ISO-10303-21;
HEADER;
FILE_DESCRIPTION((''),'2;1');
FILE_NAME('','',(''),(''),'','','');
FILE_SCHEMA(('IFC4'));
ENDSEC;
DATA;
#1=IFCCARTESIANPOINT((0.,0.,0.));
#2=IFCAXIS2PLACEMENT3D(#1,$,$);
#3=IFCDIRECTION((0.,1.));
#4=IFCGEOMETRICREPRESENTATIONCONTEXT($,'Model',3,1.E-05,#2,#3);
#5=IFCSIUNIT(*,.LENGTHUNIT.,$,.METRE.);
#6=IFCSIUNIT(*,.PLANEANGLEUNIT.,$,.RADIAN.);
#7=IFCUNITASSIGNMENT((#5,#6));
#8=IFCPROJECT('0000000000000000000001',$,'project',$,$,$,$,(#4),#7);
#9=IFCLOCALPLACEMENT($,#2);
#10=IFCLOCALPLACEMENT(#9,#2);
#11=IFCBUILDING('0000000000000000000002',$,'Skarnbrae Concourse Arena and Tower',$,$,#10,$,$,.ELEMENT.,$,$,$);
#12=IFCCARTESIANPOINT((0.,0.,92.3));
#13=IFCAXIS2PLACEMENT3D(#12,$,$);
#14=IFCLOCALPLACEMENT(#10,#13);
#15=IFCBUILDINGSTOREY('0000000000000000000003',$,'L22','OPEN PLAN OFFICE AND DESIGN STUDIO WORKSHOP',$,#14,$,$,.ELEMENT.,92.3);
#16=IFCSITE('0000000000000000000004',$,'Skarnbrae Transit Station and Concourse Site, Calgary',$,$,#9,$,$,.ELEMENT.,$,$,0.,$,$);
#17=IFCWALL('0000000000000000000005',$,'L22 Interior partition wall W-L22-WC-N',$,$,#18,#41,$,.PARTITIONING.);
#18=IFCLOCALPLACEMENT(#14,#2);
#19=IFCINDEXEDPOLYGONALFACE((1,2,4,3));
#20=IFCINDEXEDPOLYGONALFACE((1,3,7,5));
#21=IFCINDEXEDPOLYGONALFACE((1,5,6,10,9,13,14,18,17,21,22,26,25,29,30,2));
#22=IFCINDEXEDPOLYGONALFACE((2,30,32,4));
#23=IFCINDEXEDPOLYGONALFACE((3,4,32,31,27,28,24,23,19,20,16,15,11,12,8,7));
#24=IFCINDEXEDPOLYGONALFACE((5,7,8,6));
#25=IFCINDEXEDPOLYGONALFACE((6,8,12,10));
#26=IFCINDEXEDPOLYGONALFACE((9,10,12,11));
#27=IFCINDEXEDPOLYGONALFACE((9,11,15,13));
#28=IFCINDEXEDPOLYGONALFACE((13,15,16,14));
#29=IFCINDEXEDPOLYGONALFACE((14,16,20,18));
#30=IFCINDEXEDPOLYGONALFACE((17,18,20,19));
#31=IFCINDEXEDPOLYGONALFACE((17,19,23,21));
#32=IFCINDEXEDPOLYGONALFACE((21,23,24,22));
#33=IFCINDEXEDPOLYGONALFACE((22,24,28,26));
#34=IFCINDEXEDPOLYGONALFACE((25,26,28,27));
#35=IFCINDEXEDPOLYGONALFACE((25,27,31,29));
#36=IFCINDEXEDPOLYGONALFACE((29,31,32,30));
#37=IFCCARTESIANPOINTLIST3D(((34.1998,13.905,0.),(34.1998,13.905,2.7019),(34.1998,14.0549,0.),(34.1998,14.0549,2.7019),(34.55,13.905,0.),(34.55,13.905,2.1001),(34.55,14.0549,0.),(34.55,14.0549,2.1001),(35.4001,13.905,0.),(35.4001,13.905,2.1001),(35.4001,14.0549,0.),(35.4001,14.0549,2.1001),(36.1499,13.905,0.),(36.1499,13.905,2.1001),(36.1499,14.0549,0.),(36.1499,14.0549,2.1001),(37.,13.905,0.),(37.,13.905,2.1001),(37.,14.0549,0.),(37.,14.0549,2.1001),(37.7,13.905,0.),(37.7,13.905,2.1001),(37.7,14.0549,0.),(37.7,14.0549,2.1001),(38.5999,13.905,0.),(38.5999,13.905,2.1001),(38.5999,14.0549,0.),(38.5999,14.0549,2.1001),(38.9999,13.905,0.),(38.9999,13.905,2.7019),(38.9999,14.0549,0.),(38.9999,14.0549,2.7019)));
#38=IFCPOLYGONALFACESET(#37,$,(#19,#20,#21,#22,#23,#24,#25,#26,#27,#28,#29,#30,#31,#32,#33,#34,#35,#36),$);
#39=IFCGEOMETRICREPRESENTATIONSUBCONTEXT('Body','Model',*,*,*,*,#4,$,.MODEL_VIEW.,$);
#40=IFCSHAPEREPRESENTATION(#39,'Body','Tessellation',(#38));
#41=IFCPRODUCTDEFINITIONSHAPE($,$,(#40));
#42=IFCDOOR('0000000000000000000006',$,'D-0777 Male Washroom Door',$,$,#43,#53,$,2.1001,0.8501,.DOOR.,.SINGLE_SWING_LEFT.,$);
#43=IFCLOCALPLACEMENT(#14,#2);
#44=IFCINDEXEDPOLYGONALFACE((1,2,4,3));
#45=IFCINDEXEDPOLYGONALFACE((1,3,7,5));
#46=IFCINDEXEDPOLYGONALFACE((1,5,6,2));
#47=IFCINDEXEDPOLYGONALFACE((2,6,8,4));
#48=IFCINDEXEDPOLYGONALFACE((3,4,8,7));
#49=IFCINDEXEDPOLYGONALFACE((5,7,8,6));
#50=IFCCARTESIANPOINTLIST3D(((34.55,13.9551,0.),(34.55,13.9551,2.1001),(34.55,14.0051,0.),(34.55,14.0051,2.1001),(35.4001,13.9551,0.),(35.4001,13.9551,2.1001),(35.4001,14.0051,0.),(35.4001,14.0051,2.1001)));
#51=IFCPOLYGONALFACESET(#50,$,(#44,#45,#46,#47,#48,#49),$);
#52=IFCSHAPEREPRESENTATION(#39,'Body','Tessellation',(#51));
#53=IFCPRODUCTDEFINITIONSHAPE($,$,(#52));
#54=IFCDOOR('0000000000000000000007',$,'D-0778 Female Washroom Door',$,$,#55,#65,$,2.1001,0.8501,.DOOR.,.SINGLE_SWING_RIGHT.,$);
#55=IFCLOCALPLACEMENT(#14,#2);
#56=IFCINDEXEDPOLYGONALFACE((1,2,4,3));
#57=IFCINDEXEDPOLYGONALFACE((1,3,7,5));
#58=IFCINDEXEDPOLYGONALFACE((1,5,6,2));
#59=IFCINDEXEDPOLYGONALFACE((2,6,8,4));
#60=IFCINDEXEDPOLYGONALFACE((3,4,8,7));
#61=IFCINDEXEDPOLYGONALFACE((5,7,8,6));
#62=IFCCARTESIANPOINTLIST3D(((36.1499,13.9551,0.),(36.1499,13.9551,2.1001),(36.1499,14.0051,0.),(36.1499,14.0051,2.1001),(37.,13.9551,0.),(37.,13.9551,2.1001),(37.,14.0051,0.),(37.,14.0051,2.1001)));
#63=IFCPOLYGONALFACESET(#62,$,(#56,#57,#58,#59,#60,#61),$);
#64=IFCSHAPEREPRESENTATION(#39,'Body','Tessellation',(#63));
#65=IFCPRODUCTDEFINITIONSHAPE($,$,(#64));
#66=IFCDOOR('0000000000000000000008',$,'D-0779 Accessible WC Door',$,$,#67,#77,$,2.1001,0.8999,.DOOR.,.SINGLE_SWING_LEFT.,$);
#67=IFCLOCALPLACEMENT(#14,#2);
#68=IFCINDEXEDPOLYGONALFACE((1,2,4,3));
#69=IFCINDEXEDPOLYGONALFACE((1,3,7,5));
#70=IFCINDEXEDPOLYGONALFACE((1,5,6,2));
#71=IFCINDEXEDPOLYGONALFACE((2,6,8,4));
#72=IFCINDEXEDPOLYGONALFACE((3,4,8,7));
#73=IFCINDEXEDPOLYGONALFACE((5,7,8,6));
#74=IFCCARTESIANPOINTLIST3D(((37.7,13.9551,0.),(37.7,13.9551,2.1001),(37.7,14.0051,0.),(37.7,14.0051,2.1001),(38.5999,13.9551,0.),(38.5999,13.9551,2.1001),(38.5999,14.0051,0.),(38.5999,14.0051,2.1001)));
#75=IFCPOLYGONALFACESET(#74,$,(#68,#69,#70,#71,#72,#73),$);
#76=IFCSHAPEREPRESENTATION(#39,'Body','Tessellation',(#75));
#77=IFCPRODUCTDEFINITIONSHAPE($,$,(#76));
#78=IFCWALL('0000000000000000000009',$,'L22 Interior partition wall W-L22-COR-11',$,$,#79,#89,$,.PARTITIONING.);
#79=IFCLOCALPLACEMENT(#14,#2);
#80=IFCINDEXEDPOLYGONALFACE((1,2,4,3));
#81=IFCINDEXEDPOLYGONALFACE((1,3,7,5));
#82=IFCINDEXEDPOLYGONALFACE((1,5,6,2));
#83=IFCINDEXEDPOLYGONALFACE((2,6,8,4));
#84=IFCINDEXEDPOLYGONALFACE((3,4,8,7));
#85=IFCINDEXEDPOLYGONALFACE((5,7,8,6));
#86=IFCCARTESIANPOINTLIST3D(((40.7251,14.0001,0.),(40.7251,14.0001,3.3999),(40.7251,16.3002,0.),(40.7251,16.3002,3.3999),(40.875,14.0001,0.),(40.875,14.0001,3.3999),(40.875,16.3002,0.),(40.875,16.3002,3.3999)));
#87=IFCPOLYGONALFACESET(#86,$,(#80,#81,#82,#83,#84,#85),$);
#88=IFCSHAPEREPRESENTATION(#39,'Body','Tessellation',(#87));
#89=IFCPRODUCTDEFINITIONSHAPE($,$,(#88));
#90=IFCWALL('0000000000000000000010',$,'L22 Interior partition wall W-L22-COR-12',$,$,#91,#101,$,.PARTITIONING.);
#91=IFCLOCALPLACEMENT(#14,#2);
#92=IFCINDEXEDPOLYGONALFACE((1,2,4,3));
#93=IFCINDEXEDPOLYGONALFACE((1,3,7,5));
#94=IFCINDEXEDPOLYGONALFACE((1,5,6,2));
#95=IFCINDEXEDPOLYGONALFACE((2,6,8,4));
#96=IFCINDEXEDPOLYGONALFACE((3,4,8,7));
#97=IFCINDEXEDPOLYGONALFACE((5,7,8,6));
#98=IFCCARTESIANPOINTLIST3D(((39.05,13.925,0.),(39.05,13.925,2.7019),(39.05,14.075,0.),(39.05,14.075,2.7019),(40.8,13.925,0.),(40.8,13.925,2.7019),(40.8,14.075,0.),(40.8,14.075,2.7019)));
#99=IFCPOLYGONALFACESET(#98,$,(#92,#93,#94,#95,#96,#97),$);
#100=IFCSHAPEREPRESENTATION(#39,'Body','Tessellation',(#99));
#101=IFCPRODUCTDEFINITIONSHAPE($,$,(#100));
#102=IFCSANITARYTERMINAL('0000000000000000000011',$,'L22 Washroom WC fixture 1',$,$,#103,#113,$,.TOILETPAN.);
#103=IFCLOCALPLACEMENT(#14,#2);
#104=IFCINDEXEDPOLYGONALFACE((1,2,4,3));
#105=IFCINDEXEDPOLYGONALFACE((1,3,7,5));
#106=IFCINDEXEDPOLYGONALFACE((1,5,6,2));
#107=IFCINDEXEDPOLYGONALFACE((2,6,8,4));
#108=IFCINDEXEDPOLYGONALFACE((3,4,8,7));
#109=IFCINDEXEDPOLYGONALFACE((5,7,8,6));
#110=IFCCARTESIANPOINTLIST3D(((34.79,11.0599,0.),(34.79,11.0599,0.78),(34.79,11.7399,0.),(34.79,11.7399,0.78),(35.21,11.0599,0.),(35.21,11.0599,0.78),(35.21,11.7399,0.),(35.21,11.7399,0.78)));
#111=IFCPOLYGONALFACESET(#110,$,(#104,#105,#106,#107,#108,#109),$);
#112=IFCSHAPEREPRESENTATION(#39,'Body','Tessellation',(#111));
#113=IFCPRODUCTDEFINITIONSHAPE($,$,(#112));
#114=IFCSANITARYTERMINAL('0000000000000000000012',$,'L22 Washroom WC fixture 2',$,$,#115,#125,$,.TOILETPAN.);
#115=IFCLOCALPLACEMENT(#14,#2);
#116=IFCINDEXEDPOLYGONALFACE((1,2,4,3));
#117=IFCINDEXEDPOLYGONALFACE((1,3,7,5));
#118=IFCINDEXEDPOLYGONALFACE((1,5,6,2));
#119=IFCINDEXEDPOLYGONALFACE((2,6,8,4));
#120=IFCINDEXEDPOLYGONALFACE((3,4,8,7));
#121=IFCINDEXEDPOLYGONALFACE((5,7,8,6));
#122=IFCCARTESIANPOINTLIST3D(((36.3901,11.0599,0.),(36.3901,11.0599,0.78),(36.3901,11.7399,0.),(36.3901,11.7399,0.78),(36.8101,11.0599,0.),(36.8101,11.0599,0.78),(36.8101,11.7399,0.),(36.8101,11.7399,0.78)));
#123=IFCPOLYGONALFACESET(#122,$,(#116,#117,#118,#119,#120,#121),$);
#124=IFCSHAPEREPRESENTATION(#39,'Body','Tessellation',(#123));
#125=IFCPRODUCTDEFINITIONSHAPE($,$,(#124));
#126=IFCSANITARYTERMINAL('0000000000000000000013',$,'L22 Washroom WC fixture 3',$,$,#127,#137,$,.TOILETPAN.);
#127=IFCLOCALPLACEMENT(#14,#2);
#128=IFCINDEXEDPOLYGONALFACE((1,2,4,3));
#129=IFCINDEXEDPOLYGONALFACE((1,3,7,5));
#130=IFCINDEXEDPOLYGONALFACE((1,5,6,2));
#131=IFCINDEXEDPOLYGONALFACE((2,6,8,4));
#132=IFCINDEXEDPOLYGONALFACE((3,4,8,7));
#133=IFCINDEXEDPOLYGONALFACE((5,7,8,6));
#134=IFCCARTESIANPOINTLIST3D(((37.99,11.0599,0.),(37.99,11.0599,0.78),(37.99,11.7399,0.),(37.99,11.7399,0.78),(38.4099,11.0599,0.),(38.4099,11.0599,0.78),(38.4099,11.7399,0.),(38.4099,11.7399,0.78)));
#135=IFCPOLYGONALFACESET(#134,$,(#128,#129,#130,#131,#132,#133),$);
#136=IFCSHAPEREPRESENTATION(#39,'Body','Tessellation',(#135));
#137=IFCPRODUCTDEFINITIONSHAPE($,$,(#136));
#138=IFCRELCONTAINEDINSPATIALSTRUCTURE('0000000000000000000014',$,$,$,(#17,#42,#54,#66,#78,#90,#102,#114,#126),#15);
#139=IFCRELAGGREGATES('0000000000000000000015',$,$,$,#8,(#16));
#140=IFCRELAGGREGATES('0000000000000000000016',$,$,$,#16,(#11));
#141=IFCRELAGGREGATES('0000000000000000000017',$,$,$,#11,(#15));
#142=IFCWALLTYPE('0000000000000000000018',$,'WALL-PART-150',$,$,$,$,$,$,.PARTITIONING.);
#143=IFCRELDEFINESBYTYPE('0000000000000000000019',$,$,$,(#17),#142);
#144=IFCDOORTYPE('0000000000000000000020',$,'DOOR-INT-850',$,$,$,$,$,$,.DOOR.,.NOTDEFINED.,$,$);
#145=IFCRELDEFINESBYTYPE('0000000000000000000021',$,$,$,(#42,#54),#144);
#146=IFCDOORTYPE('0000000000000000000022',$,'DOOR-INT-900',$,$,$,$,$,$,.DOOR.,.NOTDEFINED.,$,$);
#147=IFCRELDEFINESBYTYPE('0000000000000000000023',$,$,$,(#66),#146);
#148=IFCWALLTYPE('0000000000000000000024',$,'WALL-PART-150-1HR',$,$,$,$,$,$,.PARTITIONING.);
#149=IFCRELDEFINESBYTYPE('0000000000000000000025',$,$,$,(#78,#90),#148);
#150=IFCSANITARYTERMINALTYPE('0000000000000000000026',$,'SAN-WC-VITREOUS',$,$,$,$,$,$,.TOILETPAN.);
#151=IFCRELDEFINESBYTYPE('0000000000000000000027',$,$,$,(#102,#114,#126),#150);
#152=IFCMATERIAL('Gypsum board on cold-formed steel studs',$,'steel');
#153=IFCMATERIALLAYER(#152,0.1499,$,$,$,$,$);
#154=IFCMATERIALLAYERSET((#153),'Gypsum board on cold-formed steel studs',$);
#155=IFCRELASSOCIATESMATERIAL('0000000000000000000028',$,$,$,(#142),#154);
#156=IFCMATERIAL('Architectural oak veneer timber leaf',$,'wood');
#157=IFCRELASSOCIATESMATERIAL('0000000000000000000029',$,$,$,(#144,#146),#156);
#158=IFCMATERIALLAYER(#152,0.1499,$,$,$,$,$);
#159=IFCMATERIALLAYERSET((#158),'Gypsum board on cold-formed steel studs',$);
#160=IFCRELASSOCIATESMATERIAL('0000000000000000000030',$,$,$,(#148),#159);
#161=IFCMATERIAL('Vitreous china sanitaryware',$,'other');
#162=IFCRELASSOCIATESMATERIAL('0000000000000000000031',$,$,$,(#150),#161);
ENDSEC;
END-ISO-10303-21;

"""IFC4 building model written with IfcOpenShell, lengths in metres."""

from ifc_helpers import new_model, si_unit, direction, frame, frame_2d, origin, origin_2d, place, context, subcontext, project, spatial, rectangle, extrude, source, transform, mapped, material, layer, layer_set, type_object, element, fill, save


model = new_model("IFC4")

# Units and contexts
model_context = context("Model", 3, precision=1e-05, world=origin(), true_north=direction((0.0, 1.0)))
body_context = subcontext(model_context, "Body", "Model", "MODEL_VIEW")
ifc_project = project(units=[si_unit("LENGTHUNIT", "METRE"), si_unit("PLANEANGLEUNIT", "RADIAN")], contexts=[model_context])

# Site, building, storey
site_placement = place(None, origin())
site = spatial("IfcSite", under=ifc_project, at=site_placement, Name="Skarnbrae Transit Station and Concourse Site, Calgary", CompositionType="ELEMENT", RefElevation=0.0)
building_placement = place(site_placement, origin())
building = spatial("IfcBuilding", under=site, at=building_placement, Name="Skarnbrae Concourse Arena and Tower", CompositionType="ELEMENT")
storey_placement = place(building_placement, frame((0.0, 0.0, 92.3)))
storey = spatial("IfcBuildingStorey", under=building, at=storey_placement, Name="L22", Description="OPEN PLAN OFFICE AND DESIGN STUDIO WORKSHOP", CompositionType="ELEMENT", Elevation=92.3)

# Wall, openings, doors
ifc_material_1 = material(Name="Gypsum board on cold-formed steel studs", Category="steel")
ifc_layer_1 = layer(ifc_material_1, 0.1499)
ifc_layer_set_1 = layer_set([ifc_layer_1], Name="Gypsum board on cold-formed steel studs")
wall_type_1 = type_object("IfcWallType", Name="WALL-PART-150", PredefinedType="PARTITIONING", material=ifc_layer_set_1)
shared_shape_1 = source(origin(), body_context, "Body", "SweptSolid", [
    extrude(rectangle(XDim=4.8, YDim=0.1499, at=frame_2d((2.3999, 0.0))), origin(), (0.0, 0.0, 1.0), 2.7019),
])
wall_1_placement = place(storey_placement, frame((34.2, 13.98, 0.0), z_axis=(0.0, 0.0, 1.0), x_axis=(1.0, 0.0, 0.0)))
wall_1 = element("IfcWall", 1, at=wall_1_placement, inside=storey, type_object=wall_type_1, Name="L22 Interior partition wall W-L22-WC-N", PredefinedType="PARTITIONING", context=body_context, shape_type="MappedRepresentation", body=[
    mapped(shared_shape_1, transform((0.0, 0.0, 0.0))),
])
opening_1_placement = place(wall_1_placement, frame((0.3501, 0.0, 0.0)))
opening_1 = element("IfcOpeningElement", 2, at=opening_1_placement, cuts=wall_1, PredefinedType="OPENING", context=body_context, shape_type="SweptSolid", body=[
    extrude(rectangle(XDim=0.8501, YDim=2.1001, at=frame_2d((0.425, 1.05))), frame((0.0, 0.085, 0.0), z_axis=(0.0, -1.0, 0.0), x_axis=(1.0, 0.0, 0.0)), (0.0, 0.0, 1.0), 0.1699),
])
opening_2_placement = place(wall_1_placement, frame((1.95, 0.0, 0.0)))
opening_2 = element("IfcOpeningElement", 3, at=opening_2_placement, cuts=wall_1, PredefinedType="OPENING", context=body_context, shape_type="SweptSolid", body=[
    extrude(rectangle(XDim=0.8501, YDim=2.1001, at=frame_2d((0.425, 1.05))), frame((0.0, 0.085, 0.0), z_axis=(0.0, -1.0, 0.0), x_axis=(1.0, 0.0, 0.0)), (0.0, 0.0, 1.0), 0.1699),
])
opening_3_placement = place(wall_1_placement, frame((3.5, 0.0, 0.0)))
opening_3 = element("IfcOpeningElement", 4, at=opening_3_placement, cuts=wall_1, PredefinedType="OPENING", context=body_context, shape_type="SweptSolid", body=[
    extrude(rectangle(XDim=0.8999, YDim=2.1001, at=frame_2d((0.45, 1.05))), frame((0.0, 0.085, 0.0), z_axis=(0.0, -1.0, 0.0), x_axis=(1.0, 0.0, 0.0)), (0.0, 0.0, 1.0), 0.1699),
])
ifc_material_2 = material(Name="Architectural oak veneer timber leaf", Category="wood")
door_type_1 = type_object("IfcDoorType", Name="DOOR-INT-850", OperationType="NOTDEFINED", PredefinedType="DOOR", material=ifc_material_2)
shared_shape_2 = source(origin(), body_context, "Body", "SweptSolid", [
    extrude(rectangle(XDim=0.8501, YDim=2.1001, at=frame_2d((0.425, 1.05))), frame((0.0, 0.0249, 0.0), z_axis=(0.0, -1.0, 0.0), x_axis=(1.0, 0.0, 0.0)), (0.0, 0.0, 1.0), 0.05),
])
door_1_placement = place(opening_1_placement, frame((0.8501, 0.0, 0.0), z_axis=(0.0, 0.0, 1.0), x_axis=(-1.0, 0.0, 0.0)))
door_1 = element("IfcDoor", 5, at=door_1_placement, inside=storey, type_object=door_type_1, Name="D-0777 Male Washroom Door", OperationType="SINGLE_SWING_LEFT", OverallHeight=2.1001, OverallWidth=0.8501, PredefinedType="DOOR", context=body_context, shape_type="MappedRepresentation", body=[
    mapped(shared_shape_2, transform((0.0, 0.0, 0.0))),
])
fill(opening_1, door_1)
door_2_placement = place(opening_2_placement, frame((0.8501, 0.0, 0.0), z_axis=(0.0, 0.0, 1.0), x_axis=(-1.0, 0.0, 0.0)))
door_2 = element("IfcDoor", 6, at=door_2_placement, inside=storey, type_object=door_type_1, Name="D-0778 Female Washroom Door", OperationType="SINGLE_SWING_RIGHT", OverallHeight=2.1001, OverallWidth=0.8501, PredefinedType="DOOR", context=body_context, shape_type="MappedRepresentation", body=[
    mapped(shared_shape_2, transform((0.0, 0.0, 0.0))),
])
fill(opening_2, door_2)
door_type_2 = type_object("IfcDoorType", Name="DOOR-INT-900", OperationType="NOTDEFINED", PredefinedType="DOOR", material=ifc_material_2)
shared_shape_3 = source(origin(), body_context, "Body", "SweptSolid", [
    extrude(rectangle(XDim=0.8999, YDim=2.1001, at=frame_2d((0.45, 1.05))), frame((0.0, 0.0249, 0.0), z_axis=(0.0, -1.0, 0.0), x_axis=(1.0, 0.0, 0.0)), (0.0, 0.0, 1.0), 0.05),
])
door_3_placement = place(opening_3_placement, frame((0.8999, 0.0, 0.0), z_axis=(0.0, 0.0, 1.0), x_axis=(-1.0, 0.0, 0.0)))
door_3 = element("IfcDoor", 7, at=door_3_placement, inside=storey, type_object=door_type_2, Name="D-0779 Accessible WC Door", OperationType="SINGLE_SWING_LEFT", OverallHeight=2.1001, OverallWidth=0.8999, PredefinedType="DOOR", context=body_context, shape_type="MappedRepresentation", body=[
    mapped(shared_shape_3, transform((0.0, 0.0, 0.0))),
])
fill(opening_3, door_3)

# Walls
ifc_layer_2 = layer(ifc_material_1, 0.1499)
ifc_layer_set_2 = layer_set([ifc_layer_2], Name="Gypsum board on cold-formed steel studs")
wall_type_2 = type_object("IfcWallType", Name="WALL-PART-150-1HR", PredefinedType="PARTITIONING", material=ifc_layer_set_2)
shared_shape_4 = source(origin(), body_context, "Body", "SweptSolid", [
    extrude(rectangle(XDim=2.3, YDim=0.1499, at=frame_2d((1.1499, 0.0))), origin(), (0.0, 0.0, 1.0), 3.3999),
])
wall_2_placement = place(storey_placement, frame((40.8, 16.3, 0.0), z_axis=(0.0, 0.0, 1.0), x_axis=(0.0, -1.0, 0.0)))
element("IfcWall", 8, at=wall_2_placement, inside=storey, type_object=wall_type_2, Name="L22 Interior partition wall W-L22-COR-11", PredefinedType="PARTITIONING", context=body_context, shape_type="MappedRepresentation", body=[
    mapped(shared_shape_4, transform((0.0, 0.0, 0.0))),
])
shared_shape_5 = source(origin(), body_context, "Body", "SweptSolid", [
    extrude(rectangle(XDim=1.75, YDim=0.1499, at=frame_2d((0.875, 0.0))), origin(), (0.0, 0.0, 1.0), 2.7019),
])
wall_3_placement = place(storey_placement, frame((40.8, 14.0, 0.0), z_axis=(0.0, 0.0, 1.0), x_axis=(-1.0, 0.0, 0.0)))
element("IfcWall", 9, at=wall_3_placement, inside=storey, type_object=wall_type_2, Name="L22 Interior partition wall W-L22-COR-12", PredefinedType="PARTITIONING", context=body_context, shape_type="MappedRepresentation", body=[
    mapped(shared_shape_5, transform((0.0, 0.0, 0.0))),
])

# Sanitary terminals
ifc_material_3 = material(Name="Vitreous china sanitaryware", Category="other")
sanitary_terminal_type = type_object("IfcSanitaryTerminalType", Name="SAN-WC-VITREOUS", PredefinedType="TOILETPAN", material=ifc_material_3)
shared_shape_6 = source(origin(), body_context, "Body", "SweptSolid", [
    extrude(rectangle(XDim=0.4199, YDim=0.6799, at=origin_2d()), origin(), (0.0, 0.0, 1.0), 0.78),
])
for number, where, z_axis, x_axis, name in (
    (10, (35.0, 11.3999, 0.0), (0.0, 0.0, 1.0), (1.0, 0.0, 0.0), "L22 Washroom WC fixture 1"),
    (11, (36.6001, 11.3999, 0.0), (0.0, 0.0, 1.0), (1.0, 0.0, 0.0), "L22 Washroom WC fixture 2"),
    (12, (38.2, 11.3999, 0.0), (0.0, 0.0, 1.0), (1.0, 0.0, 0.0), "L22 Washroom WC fixture 3"),
):
    element("IfcSanitaryTerminal", number, at=place(storey_placement, frame(where, z_axis=z_axis, x_axis=x_axis)), inside=storey, type_object=sanitary_terminal_type, Name=name, PredefinedType="TOILETPAN", context=body_context, shape_type="MappedRepresentation", body=[
        mapped(shared_shape_6, transform((0.0, 0.0, 0.0))),
    ])

save(model, "model.ifc")
